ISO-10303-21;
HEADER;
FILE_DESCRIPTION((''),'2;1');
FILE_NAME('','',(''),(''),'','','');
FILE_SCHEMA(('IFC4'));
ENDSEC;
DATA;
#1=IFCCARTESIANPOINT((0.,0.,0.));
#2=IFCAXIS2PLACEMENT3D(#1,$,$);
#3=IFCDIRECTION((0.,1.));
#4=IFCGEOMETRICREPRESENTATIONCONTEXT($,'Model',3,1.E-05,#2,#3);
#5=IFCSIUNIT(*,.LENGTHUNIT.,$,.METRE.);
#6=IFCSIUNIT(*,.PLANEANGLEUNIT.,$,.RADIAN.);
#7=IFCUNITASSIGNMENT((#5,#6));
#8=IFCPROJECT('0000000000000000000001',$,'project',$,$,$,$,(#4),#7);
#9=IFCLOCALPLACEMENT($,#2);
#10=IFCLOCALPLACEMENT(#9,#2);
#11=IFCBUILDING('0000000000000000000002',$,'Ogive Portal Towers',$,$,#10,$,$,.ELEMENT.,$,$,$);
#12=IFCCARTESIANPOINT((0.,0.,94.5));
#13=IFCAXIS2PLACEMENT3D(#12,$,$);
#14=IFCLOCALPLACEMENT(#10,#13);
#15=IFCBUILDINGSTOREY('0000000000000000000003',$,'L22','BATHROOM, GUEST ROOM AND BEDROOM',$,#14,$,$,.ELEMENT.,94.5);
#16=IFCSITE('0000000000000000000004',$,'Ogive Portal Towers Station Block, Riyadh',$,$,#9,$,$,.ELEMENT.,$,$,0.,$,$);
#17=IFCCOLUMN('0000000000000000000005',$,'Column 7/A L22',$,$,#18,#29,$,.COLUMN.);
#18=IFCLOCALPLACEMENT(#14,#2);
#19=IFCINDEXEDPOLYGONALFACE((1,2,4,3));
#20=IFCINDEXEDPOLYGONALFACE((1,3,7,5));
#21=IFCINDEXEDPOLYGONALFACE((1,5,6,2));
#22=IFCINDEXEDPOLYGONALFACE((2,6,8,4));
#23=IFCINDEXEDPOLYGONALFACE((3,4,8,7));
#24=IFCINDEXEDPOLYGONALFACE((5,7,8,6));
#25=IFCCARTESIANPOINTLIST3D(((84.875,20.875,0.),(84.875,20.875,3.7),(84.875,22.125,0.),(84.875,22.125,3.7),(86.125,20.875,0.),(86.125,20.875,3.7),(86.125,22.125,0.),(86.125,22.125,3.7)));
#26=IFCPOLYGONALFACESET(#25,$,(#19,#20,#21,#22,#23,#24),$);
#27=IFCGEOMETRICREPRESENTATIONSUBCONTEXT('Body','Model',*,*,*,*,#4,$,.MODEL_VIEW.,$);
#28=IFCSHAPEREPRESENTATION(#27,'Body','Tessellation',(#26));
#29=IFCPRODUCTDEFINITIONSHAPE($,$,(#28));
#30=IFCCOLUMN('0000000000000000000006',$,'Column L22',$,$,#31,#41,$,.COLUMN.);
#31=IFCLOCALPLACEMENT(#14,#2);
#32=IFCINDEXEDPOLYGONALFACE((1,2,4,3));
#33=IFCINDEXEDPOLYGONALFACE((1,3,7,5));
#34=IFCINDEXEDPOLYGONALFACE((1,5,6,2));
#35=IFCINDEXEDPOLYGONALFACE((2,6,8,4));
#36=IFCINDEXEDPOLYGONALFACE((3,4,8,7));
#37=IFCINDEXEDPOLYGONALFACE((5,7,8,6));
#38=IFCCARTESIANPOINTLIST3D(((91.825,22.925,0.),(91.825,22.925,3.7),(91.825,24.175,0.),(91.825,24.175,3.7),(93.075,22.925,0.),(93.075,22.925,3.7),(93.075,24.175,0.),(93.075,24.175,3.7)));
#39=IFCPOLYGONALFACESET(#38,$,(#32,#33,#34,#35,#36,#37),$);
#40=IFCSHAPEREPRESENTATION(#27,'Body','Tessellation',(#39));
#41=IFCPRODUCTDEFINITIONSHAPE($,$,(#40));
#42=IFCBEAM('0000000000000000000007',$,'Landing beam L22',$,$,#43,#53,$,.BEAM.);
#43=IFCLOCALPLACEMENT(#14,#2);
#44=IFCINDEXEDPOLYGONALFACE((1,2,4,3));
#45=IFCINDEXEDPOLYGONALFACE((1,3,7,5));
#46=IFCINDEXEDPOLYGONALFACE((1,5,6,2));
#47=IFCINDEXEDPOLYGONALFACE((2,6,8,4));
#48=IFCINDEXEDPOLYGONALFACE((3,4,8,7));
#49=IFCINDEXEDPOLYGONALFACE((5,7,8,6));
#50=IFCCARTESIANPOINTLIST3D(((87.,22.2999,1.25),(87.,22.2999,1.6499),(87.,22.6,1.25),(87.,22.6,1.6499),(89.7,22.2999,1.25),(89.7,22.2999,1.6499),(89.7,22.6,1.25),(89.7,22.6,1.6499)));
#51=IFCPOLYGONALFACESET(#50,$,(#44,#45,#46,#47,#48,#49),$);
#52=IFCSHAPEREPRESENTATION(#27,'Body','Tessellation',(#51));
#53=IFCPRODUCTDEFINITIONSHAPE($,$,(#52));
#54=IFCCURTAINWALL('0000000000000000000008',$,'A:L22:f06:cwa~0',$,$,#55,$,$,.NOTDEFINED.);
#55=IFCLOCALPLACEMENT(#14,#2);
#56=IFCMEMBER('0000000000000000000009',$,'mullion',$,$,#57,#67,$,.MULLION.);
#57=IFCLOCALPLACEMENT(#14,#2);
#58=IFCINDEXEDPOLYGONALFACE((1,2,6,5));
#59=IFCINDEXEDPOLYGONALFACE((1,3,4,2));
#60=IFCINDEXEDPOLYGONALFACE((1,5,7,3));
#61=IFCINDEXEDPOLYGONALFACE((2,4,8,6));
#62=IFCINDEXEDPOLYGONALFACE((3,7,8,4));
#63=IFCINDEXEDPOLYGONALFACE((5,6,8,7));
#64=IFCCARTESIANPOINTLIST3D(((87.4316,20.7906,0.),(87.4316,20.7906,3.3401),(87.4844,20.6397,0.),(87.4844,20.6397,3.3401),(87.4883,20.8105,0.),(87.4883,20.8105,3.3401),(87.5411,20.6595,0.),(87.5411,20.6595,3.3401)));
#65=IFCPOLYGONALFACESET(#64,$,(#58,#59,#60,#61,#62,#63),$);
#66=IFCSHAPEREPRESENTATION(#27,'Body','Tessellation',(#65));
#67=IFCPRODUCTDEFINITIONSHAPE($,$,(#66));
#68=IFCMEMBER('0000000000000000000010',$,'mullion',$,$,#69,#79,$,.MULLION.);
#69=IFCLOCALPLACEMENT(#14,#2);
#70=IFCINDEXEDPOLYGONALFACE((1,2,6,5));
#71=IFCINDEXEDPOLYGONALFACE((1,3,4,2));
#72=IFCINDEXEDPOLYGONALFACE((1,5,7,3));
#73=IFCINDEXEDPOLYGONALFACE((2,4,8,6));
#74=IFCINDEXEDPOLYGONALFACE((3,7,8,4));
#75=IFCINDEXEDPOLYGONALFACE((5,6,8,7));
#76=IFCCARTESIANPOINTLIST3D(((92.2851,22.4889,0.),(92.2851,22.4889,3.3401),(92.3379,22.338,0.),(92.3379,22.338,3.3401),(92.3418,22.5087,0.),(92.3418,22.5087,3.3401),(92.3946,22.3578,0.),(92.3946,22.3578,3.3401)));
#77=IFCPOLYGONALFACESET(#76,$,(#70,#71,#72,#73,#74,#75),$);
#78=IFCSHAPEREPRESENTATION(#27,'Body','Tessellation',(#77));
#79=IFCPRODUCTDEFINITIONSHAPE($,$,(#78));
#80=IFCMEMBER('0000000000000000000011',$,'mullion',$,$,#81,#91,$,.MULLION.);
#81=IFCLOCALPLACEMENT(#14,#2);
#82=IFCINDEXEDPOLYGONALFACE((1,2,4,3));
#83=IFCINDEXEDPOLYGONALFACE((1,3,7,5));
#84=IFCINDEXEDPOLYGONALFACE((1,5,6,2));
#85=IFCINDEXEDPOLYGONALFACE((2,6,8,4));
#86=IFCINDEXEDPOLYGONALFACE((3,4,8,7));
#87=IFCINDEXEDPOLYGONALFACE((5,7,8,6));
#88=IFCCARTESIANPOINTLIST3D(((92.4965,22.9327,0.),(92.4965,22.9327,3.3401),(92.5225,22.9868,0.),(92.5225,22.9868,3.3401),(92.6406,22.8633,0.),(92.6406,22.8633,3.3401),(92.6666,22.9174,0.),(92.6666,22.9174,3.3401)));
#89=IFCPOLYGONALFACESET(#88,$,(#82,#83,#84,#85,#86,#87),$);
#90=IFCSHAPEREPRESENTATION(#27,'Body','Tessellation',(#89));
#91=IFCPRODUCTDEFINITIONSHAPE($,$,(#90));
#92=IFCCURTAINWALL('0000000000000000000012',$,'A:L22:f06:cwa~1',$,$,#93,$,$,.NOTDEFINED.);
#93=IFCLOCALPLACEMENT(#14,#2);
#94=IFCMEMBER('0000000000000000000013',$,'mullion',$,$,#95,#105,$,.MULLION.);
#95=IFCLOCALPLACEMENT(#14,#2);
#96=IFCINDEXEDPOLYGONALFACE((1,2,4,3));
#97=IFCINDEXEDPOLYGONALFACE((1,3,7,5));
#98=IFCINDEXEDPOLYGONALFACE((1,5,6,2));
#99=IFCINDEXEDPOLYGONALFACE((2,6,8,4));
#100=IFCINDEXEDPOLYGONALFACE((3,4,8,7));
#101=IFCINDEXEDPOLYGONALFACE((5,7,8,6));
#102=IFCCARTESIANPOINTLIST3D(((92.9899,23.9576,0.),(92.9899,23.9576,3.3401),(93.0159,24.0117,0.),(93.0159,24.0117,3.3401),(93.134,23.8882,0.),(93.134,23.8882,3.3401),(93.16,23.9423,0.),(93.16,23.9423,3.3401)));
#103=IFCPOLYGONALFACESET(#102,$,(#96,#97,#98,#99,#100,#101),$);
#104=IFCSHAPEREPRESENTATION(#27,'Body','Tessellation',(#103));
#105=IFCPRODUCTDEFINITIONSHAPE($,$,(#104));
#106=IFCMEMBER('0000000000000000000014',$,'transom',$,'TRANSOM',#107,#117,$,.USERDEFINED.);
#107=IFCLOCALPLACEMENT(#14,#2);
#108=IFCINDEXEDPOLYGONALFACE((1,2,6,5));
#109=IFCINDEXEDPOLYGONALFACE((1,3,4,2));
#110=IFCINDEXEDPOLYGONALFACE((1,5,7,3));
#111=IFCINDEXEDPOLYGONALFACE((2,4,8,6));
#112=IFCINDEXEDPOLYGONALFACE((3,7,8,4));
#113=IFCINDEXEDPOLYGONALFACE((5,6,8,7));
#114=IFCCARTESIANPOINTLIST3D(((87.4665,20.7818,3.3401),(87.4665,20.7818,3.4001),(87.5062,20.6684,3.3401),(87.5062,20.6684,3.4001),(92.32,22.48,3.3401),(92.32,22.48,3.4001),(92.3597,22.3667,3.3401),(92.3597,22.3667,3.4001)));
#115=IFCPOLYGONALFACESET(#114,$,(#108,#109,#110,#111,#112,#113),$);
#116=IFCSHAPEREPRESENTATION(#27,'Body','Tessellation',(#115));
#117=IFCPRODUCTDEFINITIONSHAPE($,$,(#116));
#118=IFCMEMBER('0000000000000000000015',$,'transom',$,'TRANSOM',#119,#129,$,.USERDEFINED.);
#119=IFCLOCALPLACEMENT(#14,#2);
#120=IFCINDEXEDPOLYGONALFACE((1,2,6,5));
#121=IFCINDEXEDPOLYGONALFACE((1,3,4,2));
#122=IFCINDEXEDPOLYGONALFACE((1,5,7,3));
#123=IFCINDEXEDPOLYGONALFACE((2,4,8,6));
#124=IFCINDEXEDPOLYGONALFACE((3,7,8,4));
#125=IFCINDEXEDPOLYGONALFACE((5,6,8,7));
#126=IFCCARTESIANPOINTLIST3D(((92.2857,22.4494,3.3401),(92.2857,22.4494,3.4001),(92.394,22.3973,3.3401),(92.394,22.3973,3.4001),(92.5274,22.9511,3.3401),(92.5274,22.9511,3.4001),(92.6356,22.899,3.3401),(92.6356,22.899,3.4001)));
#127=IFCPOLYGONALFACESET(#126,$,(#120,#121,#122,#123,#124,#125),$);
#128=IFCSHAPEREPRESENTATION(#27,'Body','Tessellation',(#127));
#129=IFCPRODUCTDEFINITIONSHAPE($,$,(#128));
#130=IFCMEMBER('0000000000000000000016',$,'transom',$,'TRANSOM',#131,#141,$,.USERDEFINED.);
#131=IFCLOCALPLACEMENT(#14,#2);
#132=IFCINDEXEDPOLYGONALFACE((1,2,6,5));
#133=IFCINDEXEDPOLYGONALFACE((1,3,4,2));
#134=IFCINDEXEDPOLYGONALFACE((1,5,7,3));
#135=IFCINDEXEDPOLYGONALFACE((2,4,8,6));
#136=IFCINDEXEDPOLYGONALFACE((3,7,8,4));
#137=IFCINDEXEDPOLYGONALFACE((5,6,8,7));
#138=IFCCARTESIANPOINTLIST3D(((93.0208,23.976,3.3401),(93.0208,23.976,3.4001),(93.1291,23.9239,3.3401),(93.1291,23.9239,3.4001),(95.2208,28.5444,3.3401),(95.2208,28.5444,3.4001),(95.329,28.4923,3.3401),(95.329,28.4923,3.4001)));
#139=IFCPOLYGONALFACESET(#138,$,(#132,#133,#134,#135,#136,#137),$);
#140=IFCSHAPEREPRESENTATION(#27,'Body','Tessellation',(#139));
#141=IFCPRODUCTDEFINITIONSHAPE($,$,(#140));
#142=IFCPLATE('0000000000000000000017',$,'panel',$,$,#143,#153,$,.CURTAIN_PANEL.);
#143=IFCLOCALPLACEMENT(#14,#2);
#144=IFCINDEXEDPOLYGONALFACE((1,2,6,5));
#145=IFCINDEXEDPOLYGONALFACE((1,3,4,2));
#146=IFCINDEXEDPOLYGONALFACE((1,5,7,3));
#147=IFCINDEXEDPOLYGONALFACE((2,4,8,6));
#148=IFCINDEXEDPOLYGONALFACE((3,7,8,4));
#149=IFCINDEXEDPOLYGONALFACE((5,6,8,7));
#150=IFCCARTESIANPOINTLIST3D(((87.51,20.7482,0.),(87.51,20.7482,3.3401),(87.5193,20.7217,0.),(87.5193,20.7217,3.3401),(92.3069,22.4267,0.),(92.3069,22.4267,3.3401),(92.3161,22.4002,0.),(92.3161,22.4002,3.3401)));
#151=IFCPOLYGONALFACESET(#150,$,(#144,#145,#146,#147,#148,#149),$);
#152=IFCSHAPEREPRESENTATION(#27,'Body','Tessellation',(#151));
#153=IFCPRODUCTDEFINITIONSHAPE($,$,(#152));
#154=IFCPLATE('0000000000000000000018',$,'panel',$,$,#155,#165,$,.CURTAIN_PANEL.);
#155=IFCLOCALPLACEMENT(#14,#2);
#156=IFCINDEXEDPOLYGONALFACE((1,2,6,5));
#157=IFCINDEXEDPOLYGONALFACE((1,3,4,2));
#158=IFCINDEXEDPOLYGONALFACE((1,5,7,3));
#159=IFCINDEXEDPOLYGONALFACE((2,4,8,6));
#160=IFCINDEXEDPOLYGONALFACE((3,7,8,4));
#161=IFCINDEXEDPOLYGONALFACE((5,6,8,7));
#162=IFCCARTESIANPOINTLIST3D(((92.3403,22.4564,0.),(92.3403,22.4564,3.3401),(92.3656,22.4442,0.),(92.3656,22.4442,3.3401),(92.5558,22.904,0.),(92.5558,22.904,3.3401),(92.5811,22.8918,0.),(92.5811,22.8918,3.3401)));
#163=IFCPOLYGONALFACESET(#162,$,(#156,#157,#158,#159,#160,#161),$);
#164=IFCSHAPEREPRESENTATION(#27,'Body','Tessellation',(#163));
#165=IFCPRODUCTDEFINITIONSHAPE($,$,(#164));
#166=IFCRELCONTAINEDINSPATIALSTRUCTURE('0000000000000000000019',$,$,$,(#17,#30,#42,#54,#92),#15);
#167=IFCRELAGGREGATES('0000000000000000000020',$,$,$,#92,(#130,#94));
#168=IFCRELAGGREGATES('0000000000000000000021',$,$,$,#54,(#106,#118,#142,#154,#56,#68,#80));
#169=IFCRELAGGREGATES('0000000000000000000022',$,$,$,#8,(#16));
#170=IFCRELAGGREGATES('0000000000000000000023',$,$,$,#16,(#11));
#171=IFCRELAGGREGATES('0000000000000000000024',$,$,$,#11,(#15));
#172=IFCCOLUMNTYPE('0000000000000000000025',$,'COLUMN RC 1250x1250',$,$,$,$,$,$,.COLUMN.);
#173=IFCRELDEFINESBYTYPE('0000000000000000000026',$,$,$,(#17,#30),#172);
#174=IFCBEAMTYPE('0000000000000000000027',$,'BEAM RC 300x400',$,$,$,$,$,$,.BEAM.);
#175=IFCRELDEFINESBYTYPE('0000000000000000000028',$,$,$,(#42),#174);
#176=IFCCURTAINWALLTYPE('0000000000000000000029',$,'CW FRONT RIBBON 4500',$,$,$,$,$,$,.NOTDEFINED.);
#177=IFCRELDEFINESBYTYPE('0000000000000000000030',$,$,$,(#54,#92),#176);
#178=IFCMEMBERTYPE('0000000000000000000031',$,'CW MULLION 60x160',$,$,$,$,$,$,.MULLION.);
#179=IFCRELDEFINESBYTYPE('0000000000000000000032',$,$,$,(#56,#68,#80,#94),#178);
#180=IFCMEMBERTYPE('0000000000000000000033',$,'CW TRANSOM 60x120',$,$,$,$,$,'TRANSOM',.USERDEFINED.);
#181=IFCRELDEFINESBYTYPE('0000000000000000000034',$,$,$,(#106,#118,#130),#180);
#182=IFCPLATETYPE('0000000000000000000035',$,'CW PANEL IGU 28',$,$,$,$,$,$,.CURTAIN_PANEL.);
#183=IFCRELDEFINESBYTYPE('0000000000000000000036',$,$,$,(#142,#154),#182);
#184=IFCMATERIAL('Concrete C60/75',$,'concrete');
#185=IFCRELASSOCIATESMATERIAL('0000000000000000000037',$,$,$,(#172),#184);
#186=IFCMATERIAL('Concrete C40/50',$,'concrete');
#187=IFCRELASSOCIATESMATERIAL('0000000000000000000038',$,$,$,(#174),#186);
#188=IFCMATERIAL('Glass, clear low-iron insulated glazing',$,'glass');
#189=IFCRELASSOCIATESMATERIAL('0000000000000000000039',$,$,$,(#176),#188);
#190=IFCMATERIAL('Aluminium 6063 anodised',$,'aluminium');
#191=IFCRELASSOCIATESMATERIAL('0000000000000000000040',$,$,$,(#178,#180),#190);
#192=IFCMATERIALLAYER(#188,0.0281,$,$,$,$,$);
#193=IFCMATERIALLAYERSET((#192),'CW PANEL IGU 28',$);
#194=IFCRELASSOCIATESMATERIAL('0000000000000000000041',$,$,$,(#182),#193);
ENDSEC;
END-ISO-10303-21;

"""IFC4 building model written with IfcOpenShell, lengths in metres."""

from ifc_helpers import new_model, si_unit, direction, frame, origin, origin_2d, place, context, subcontext, project, spatial, rectangle, extrude, material, layer, layer_set, material_profile, profile_set, type_object, element, aggregate, save


model = new_model("IFC4")

# Units and contexts
model_context = context("Model", 3, precision=1e-05, world=origin(), true_north=direction((0.0, 1.0)))
body_context = subcontext(model_context, "Body", "Model", "MODEL_VIEW")
ifc_project = project(units=[si_unit("LENGTHUNIT", "METRE"), si_unit("PLANEANGLEUNIT", "RADIAN")], contexts=[model_context])

# Site, building, storey
site_placement = place(None, origin())
site = spatial("IfcSite", under=ifc_project, at=site_placement, Name="Ogive Portal Towers Station Block, Riyadh", CompositionType="ELEMENT", RefElevation=0.0)
building_placement = place(site_placement, origin())
building = spatial("IfcBuilding", under=site, at=building_placement, Name="Ogive Portal Towers", CompositionType="ELEMENT")
storey_placement = place(building_placement, frame((0.0, 0.0, 94.5)))
storey = spatial("IfcBuildingStorey", under=building, at=storey_placement, Name="L22", Description="BATHROOM, GUEST ROOM AND BEDROOM", CompositionType="ELEMENT", Elevation=94.5)

# Columns
ifc_material_1 = material(Name="Concrete C60/75", Category="concrete")
ifc_material_profile_1 = material_profile(ifc_material_1, rectangle(XDim=1.25, YDim=1.25, at=origin_2d()), Name="RC 1250x1250")
ifc_profile_set_1 = profile_set([ifc_material_profile_1], Name="Concrete C60/75")
column_type = type_object("IfcColumnType", Name="COLUMN RC 1250x1250", PredefinedType="COLUMN", material=ifc_profile_set_1)
for number, where, z_axis, x_axis, name in (
    (1, (85.5, 21.5, 0.0), (0.0, 0.0, 1.0), (1.0, 0.0, 0.0), "Column 7/A L22"),
    (2, (92.45, 23.55, 0.0), (0.0, 0.0, 1.0), (1.0, 0.0, 0.0), "Column L22"),
):
    element("IfcColumn", number, at=place(storey_placement, frame(where, z_axis=z_axis, x_axis=x_axis)), inside=storey, type_object=column_type, Name=name, PredefinedType="COLUMN", context=body_context, shape_type="SweptSolid", body=[
        extrude(rectangle(XDim=1.25, YDim=1.25, at=origin_2d()), origin(), (0.0, 0.0, 1.0), 3.7),
    ])

# Beam
ifc_material_2 = material(Name="Concrete C40/50", Category="concrete")
ifc_material_profile_2 = material_profile(ifc_material_2, rectangle(XDim=0.3, YDim=0.3999, at=origin_2d()), Name="RC 300x400")
ifc_profile_set_2 = profile_set([ifc_material_profile_2], Name="Concrete C40/50")
beam_type = type_object("IfcBeamType", Name="BEAM RC 300x400", PredefinedType="BEAM", material=ifc_profile_set_2)
beam_placement = place(storey_placement, frame((87.0, 22.45, 1.45), z_axis=(1.0, 0.0, 0.0), x_axis=(0.0, 1.0, 0.0)))
element("IfcBeam", 3, at=beam_placement, inside=storey, type_object=beam_type, Name="Landing beam L22", PredefinedType="BEAM", context=body_context, shape_type="SweptSolid", body=[
    extrude(rectangle(XDim=0.3, YDim=0.3999, at=origin_2d()), origin(), (0.0, 0.0, 1.0), 2.7),
])

# Curtain wall, members
ifc_material_3 = material(Name="Glass, clear low-iron insulated glazing", Category="glass")
curtain_wall_type = type_object("IfcCurtainWallType", Name="CW FRONT RIBBON 4500", PredefinedType="NOTDEFINED", material=ifc_material_3)
curtain_wall_1_placement = place(storey_placement, origin())
curtain_wall_1 = element("IfcCurtainWall", 4, at=curtain_wall_1_placement, inside=storey, type_object=curtain_wall_type, Name="A:L22:f06:cwa~0", PredefinedType="NOTDEFINED")
ifc_material_4 = material(Name="Aluminium 6063 anodised", Category="aluminium")
ifc_material_profile_3 = material_profile(ifc_material_4, rectangle(XDim=0.1599, YDim=0.0601, at=origin_2d()), Name="AL 60x160")
ifc_profile_set_3 = profile_set([ifc_material_profile_3], Name="Aluminium 6063 anodised")
member_type_1 = type_object("IfcMemberType", Name="CW MULLION 60x160", PredefinedType="MULLION", material=ifc_profile_set_3)
member_1_placement = place(storey_placement, frame((87.4863, 20.7251, 0.0), z_axis=(0.0, 0.0, 1.0), x_axis=(-0.330279, 0.943883, 0.0)))
member_1 = element("IfcMember", 5, at=member_1_placement, type_object=member_type_1, Name="mullion", PredefinedType="MULLION", context=body_context, shape_type="SweptSolid", body=[
    extrude(rectangle(XDim=0.1599, YDim=0.0601, at=origin_2d()), origin(), (0.0, 0.0, 1.0), 3.3401),
])
member_2_placement = place(storey_placement, frame((92.3398, 22.4233, 0.0), z_axis=(0.0, 0.0, 1.0), x_axis=(-0.330279, 0.943883, 0.0)))
member_2 = element("IfcMember", 6, at=member_2_placement, type_object=member_type_1, Name="mullion", PredefinedType="MULLION", context=body_context, shape_type="SweptSolid", body=[
    extrude(rectangle(XDim=0.1599, YDim=0.0601, at=origin_2d()), origin(), (0.0, 0.0, 1.0), 3.3401),
])
member_3_placement = place(storey_placement, frame((92.5815, 22.925, 0.0), z_axis=(0.0, 0.0, 1.0), x_axis=(-0.900969, 0.433884, 0.0)))
member_3 = element("IfcMember", 7, at=member_3_placement, type_object=member_type_1, Name="mullion", PredefinedType="MULLION", context=body_context, shape_type="SweptSolid", body=[
    extrude(rectangle(XDim=0.1599, YDim=0.0601, at=origin_2d()), origin(), (0.0, 0.0, 1.0), 3.3401),
])

# Curtain wall, member
curtain_wall_2_placement = place(storey_placement, origin())
curtain_wall_2 = element("IfcCurtainWall", 8, at=curtain_wall_2_placement, inside=storey, type_object=curtain_wall_type, Name="A:L22:f06:cwa~1", PredefinedType="NOTDEFINED")
member_4_placement = place(storey_placement, frame((93.075, 23.95, 0.0), z_axis=(0.0, 0.0, 1.0), x_axis=(-0.900969, 0.433884, 0.0)))
member_4 = element("IfcMember", 9, at=member_4_placement, type_object=member_type_1, Name="mullion", PredefinedType="MULLION", context=body_context, shape_type="SweptSolid", body=[
    extrude(rectangle(XDim=0.1599, YDim=0.0601, at=origin_2d()), origin(), (0.0, 0.0, 1.0), 3.3401),
])

# Members
ifc_material_profile_4 = material_profile(ifc_material_4, rectangle(XDim=0.1201, YDim=0.0601, at=origin_2d()), Name="AL 120x60")
ifc_profile_set_4 = profile_set([ifc_material_profile_4], Name="Aluminium 6063 anodised")
member_type_2 = type_object("IfcMemberType", Name="CW TRANSOM 60x120", ElementType="TRANSOM", PredefinedType="USERDEFINED", material=ifc_profile_set_4)
member_5_placement = place(storey_placement, frame((87.4863, 20.7251, 3.3701), z_axis=(0.943888, 0.330266, 0.0), x_axis=(-0.330266, 0.943888, 0.0)))
member_5 = element("IfcMember", 10, at=member_5_placement, type_object=member_type_2, Name="transom", ObjectType="TRANSOM", PredefinedType="USERDEFINED", context=body_context, shape_type="SweptSolid", body=[
    extrude(rectangle(XDim=0.1201, YDim=0.0601, at=origin_2d()), origin(), (0.0, 0.0, 1.0), 5.1421),
])
member_6_placement = place(storey_placement, frame((92.3398, 22.4233, 3.3701), z_axis=(0.434013, 0.900906, 0.0), x_axis=(-0.900906, 0.434013, 0.0)))
member_6 = element("IfcMember", 11, at=member_6_placement, type_object=member_type_2, Name="transom", ObjectType="TRANSOM", PredefinedType="USERDEFINED", context=body_context, shape_type="SweptSolid", body=[
    extrude(rectangle(XDim=0.1201, YDim=0.0601, at=origin_2d()), origin(), (0.0, 0.0, 1.0), 0.5569),
])
member_7_placement = place(storey_placement, frame((93.075, 23.95, 3.3701), z_axis=(0.433875, 0.900973, 0.0), x_axis=(-0.900973, 0.433875, 0.0)))
member_7 = element("IfcMember", 12, at=member_7_placement, type_object=member_type_2, Name="transom", ObjectType="TRANSOM", PredefinedType="USERDEFINED", context=body_context, shape_type="SweptSolid", body=[
    extrude(rectangle(XDim=0.1201, YDim=0.0601, at=origin_2d()), origin(), (0.0, 0.0, 1.0), 5.0706),
])
aggregate(curtain_wall_2, [member_7, member_4])

# Plates
ifc_layer_1 = layer(ifc_material_3, 0.0281)
ifc_layer_set_1 = layer_set([ifc_layer_1], Name="CW PANEL IGU 28")
plate_type = type_object("IfcPlateType", Name="CW PANEL IGU 28", PredefinedType="CURTAIN_PANEL", material=ifc_layer_set_1)
plate_1_placement = place(storey_placement, frame((89.9131, 21.5742, 0.0), z_axis=(0.0, 0.0, 1.0), x_axis=(0.943883, 0.330279, 0.0)))
plate_1 = element("IfcPlate", 13, at=plate_1_placement, type_object=plate_type, Name="panel", PredefinedType="CURTAIN_PANEL", context=body_context, shape_type="SweptSolid", body=[
    extrude(rectangle(XDim=5.082, YDim=0.0281, at=origin_2d()), origin(), (0.0, 0.0, 1.0), 3.3401),
])
plate_2_placement = place(storey_placement, frame((92.4607, 22.6741, 0.0), z_axis=(0.0, 0.0, 1.0), x_axis=(0.433884, 0.900969, 0.0)))
plate_2 = element("IfcPlate", 14, at=plate_2_placement, type_object=plate_type, Name="panel", PredefinedType="CURTAIN_PANEL", context=body_context, shape_type="SweptSolid", body=[
    extrude(rectangle(XDim=0.4968, YDim=0.0281, at=origin_2d()), origin(), (0.0, 0.0, 1.0), 3.3401),
])
aggregate(curtain_wall_1, [member_5, member_6, plate_1, plate_2, member_1, member_2, member_3])

save(model, "model.ifc")
